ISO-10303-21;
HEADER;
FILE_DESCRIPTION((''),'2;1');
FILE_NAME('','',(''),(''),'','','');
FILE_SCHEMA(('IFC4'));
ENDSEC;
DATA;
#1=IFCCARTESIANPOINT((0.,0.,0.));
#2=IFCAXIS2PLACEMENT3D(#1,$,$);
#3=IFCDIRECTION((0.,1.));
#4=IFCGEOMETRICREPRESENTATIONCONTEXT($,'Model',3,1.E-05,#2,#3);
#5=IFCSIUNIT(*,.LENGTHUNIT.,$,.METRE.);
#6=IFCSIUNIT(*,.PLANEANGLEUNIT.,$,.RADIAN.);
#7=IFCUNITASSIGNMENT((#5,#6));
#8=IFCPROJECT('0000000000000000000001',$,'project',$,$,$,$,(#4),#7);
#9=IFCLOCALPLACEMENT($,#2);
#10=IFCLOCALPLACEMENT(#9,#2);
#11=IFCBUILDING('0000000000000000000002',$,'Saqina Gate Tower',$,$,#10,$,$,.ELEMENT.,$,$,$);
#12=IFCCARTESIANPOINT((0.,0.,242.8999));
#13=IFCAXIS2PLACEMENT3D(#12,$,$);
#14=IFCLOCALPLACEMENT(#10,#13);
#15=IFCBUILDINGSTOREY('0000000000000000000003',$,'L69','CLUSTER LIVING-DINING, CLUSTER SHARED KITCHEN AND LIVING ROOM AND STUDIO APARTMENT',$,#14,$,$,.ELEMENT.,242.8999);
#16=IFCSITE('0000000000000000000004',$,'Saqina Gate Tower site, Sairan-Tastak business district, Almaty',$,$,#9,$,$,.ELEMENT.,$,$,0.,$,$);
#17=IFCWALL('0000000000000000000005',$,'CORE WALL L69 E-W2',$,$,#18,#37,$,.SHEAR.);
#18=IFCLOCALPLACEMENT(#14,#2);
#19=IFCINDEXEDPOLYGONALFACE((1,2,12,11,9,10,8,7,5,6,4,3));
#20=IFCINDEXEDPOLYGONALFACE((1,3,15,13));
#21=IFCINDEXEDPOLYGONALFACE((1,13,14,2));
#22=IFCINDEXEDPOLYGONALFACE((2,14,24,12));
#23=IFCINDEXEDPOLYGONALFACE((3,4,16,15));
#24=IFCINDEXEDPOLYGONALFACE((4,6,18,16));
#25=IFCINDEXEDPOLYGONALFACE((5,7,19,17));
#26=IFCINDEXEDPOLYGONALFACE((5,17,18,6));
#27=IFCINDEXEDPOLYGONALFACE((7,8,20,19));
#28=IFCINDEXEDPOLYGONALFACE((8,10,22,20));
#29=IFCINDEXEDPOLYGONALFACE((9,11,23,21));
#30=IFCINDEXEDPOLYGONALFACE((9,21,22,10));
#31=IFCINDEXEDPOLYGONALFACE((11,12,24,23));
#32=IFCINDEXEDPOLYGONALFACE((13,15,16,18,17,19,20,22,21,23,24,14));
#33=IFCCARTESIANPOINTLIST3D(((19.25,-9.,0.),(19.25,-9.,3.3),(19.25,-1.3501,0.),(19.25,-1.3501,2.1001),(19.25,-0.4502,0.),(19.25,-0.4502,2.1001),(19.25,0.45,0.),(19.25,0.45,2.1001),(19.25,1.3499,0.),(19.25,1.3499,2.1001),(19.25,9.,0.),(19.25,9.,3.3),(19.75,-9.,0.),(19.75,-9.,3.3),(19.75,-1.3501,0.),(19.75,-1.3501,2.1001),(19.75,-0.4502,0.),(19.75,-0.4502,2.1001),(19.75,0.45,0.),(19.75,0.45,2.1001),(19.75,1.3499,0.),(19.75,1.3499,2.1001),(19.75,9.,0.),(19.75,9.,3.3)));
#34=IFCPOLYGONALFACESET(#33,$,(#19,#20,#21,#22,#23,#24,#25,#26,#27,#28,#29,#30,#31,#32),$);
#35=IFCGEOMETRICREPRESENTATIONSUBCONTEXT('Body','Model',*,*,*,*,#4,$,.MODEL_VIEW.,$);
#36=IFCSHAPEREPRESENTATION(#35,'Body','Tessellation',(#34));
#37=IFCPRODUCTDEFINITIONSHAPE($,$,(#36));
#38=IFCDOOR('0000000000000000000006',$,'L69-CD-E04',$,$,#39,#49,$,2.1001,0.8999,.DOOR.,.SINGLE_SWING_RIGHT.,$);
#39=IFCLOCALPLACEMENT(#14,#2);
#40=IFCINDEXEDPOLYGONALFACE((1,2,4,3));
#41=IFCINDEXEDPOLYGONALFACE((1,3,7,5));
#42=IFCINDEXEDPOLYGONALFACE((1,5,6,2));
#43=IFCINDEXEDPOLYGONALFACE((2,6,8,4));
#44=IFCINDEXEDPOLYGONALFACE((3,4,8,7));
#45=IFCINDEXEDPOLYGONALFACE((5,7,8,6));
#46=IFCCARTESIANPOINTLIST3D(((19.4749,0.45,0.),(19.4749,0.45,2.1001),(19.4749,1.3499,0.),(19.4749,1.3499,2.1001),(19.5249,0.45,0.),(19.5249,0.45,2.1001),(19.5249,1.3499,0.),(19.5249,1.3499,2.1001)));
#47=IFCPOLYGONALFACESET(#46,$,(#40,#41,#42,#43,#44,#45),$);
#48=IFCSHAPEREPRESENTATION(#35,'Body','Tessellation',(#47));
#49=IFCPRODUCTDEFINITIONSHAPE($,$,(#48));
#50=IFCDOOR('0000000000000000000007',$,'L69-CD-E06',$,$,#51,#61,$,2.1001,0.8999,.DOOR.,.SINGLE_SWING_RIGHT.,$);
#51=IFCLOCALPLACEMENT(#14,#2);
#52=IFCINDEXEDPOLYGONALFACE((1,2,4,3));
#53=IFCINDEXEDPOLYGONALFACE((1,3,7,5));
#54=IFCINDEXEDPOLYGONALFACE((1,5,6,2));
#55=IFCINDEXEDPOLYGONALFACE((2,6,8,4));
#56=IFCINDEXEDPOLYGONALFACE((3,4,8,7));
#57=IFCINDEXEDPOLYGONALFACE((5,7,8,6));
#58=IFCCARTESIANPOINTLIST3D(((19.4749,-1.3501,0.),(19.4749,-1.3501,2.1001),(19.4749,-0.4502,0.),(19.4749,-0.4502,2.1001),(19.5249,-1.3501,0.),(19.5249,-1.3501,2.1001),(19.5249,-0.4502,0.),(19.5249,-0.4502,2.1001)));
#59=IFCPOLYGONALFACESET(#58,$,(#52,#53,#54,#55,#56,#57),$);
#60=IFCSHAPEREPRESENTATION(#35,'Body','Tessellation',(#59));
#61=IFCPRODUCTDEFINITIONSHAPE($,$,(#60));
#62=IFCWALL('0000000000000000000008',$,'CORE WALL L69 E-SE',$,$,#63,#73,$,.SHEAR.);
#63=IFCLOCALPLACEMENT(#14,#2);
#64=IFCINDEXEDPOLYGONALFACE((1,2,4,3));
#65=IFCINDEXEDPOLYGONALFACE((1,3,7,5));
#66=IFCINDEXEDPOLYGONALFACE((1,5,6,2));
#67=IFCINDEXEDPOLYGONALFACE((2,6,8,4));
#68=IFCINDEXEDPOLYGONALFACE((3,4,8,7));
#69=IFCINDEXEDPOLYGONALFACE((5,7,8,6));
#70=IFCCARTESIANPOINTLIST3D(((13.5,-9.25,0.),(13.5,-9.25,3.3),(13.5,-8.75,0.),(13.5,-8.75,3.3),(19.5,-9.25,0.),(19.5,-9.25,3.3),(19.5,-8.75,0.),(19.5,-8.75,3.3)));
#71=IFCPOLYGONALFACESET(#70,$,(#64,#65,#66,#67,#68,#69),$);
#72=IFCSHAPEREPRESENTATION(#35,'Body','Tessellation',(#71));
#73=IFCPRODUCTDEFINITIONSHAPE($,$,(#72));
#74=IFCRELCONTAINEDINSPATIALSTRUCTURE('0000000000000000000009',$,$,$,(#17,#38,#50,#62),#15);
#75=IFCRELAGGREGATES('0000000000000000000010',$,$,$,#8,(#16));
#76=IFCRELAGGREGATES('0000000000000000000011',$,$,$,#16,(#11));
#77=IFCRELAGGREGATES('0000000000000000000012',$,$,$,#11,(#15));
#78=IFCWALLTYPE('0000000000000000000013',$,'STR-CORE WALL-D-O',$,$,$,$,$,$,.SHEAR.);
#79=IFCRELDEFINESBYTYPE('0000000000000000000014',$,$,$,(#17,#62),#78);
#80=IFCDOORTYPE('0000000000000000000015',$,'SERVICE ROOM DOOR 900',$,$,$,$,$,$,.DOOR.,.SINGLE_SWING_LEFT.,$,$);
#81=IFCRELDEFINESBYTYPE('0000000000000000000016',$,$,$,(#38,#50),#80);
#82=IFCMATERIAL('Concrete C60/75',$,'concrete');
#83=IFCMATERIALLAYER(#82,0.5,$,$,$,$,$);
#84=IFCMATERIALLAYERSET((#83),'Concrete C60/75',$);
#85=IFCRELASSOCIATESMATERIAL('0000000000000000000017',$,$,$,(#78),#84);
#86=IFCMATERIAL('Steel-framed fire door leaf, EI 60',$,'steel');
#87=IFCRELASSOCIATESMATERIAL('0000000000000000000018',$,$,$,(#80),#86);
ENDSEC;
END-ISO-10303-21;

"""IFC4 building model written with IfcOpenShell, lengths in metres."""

from ifc_helpers import new_model, si_unit, direction, frame, frame_2d, origin, place, context, subcontext, project, spatial, rectangle, extrude, material, layer, layer_set, type_object, element, fill, save


model = new_model("IFC4")

# Units and contexts
model_context = context("Model", 3, precision=1e-05, world=origin(), true_north=direction((0.0, 1.0)))
body_context = subcontext(model_context, "Body", "Model", "MODEL_VIEW")
ifc_project = project(units=[si_unit("LENGTHUNIT", "METRE"), si_unit("PLANEANGLEUNIT", "RADIAN")], contexts=[model_context])

# Site, building, storey
site_placement = place(None, origin())
site = spatial("IfcSite", under=ifc_project, at=site_placement, Name="Saqina Gate Tower site, Sairan-Tastak business district, Almaty", CompositionType="ELEMENT", RefElevation=0.0)
building_placement = place(site_placement, origin())
building = spatial("IfcBuilding", under=site, at=building_placement, Name="Saqina Gate Tower", CompositionType="ELEMENT")
storey_placement = place(building_placement, frame((0.0, 0.0, 242.8999)))
storey = spatial("IfcBuildingStorey", under=building, at=storey_placement, Name="L69", Description="CLUSTER LIVING-DINING, CLUSTER SHARED KITCHEN AND LIVING ROOM AND STUDIO APARTMENT", CompositionType="ELEMENT", Elevation=242.8999)

# Wall, openings, doors
ifc_material_1 = material(Name="Concrete C60/75", Category="concrete")
ifc_layer_1 = layer(ifc_material_1, 0.5)
ifc_layer_set_1 = layer_set([ifc_layer_1], Name="Concrete C60/75")
wall_type_1 = type_object("IfcWallType", Name="STR-CORE WALL-D-O", PredefinedType="SHEAR", material=ifc_layer_set_1)
wall_1_placement = place(storey_placement, frame((19.5, -9.0, 0.0), z_axis=(0.0, 0.0, 1.0), x_axis=(0.0, 1.0, 0.0)))
wall_1 = element("IfcWall", 1, at=wall_1_placement, inside=storey, type_object=wall_type_1, Name="CORE WALL L69 E-W2", PredefinedType="SHEAR", context=body_context, shape_type="SweptSolid", body=[
    extrude(rectangle(XDim=18.0, YDim=0.5, at=frame_2d((9.0, 0.0))), origin(), (0.0, 0.0, 1.0), 3.3),
])
opening_1_placement = place(wall_1_placement, frame((9.45, 0.0, 0.0)))
opening_1 = element("IfcOpeningElement", 2, at=opening_1_placement, cuts=wall_1, PredefinedType="OPENING", context=body_context, shape_type="SweptSolid", body=[
    extrude(rectangle(XDim=0.8999, YDim=2.1001, at=frame_2d((0.45, 1.05))), frame((0.0, 0.262, 0.0), z_axis=(0.0, -1.0, 0.0), x_axis=(1.0, 0.0, 0.0)), (0.0, 0.0, 1.0), 0.5239),
])
opening_2_placement = place(wall_1_placement, frame((7.6499, 0.0, 0.0)))
opening_2 = element("IfcOpeningElement", 3, at=opening_2_placement, cuts=wall_1, PredefinedType="OPENING", context=body_context, shape_type="SweptSolid", body=[
    extrude(rectangle(XDim=0.8999, YDim=2.1001, at=frame_2d((0.45, 1.05))), frame((0.0, 0.262, 0.0), z_axis=(0.0, -1.0, 0.0), x_axis=(1.0, 0.0, 0.0)), (0.0, 0.0, 1.0), 0.5239),
])
ifc_material_2 = material(Name="Steel-framed fire door leaf, EI 60", Category="steel")
door_type_1 = type_object("IfcDoorType", Name="SERVICE ROOM DOOR 900", OperationType="SINGLE_SWING_LEFT", PredefinedType="DOOR", material=ifc_material_2)
door_1_placement = place(opening_1_placement, frame((0.8999, 0.0, 0.0), z_axis=(0.0, 0.0, 1.0), x_axis=(-1.0, 0.0, 0.0)))
door_1 = element("IfcDoor", 4, at=door_1_placement, inside=storey, type_object=door_type_1, Name="L69-CD-E04", OperationType="SINGLE_SWING_RIGHT", OverallHeight=2.1001, OverallWidth=0.8999, PredefinedType="DOOR", context=body_context, shape_type="SweptSolid", body=[
    extrude(rectangle(XDim=0.8999, YDim=2.1001, at=frame_2d((0.45, 1.05))), frame((0.0, 0.0249, 0.0), z_axis=(0.0, -1.0, 0.0), x_axis=(1.0, 0.0, 0.0)), (0.0, 0.0, 1.0), 0.05),
])
fill(opening_1, door_1)
door_2_placement = place(opening_2_placement, frame((0.8999, 0.0, 0.0), z_axis=(0.0, 0.0, 1.0), x_axis=(-1.0, 0.0, 0.0)))
door_2 = element("IfcDoor", 5, at=door_2_placement, inside=storey, type_object=door_type_1, Name="L69-CD-E06", OperationType="SINGLE_SWING_RIGHT", OverallHeight=2.1001, OverallWidth=0.8999, PredefinedType="DOOR", context=body_context, shape_type="SweptSolid", body=[
    extrude(rectangle(XDim=0.8999, YDim=2.1001, at=frame_2d((0.45, 1.05))), frame((0.0, 0.0249, 0.0), z_axis=(0.0, -1.0, 0.0), x_axis=(1.0, 0.0, 0.0)), (0.0, 0.0, 1.0), 0.05),
])
fill(opening_2, door_2)

# Wall
wall_2_placement = place(storey_placement, frame((13.5, -9.0, 0.0), z_axis=(0.0, 0.0, 1.0), x_axis=(1.0, 0.0, 0.0)))
element("IfcWall", 6, at=wall_2_placement, inside=storey, type_object=wall_type_1, Name="CORE WALL L69 E-SE", PredefinedType="SHEAR", context=body_context, shape_type="SweptSolid", body=[
    extrude(rectangle(XDim=6.0, YDim=0.5, at=frame_2d((3.0, 0.0))), origin(), (0.0, 0.0, 1.0), 3.3),
])

save(model, "model.ifc")
